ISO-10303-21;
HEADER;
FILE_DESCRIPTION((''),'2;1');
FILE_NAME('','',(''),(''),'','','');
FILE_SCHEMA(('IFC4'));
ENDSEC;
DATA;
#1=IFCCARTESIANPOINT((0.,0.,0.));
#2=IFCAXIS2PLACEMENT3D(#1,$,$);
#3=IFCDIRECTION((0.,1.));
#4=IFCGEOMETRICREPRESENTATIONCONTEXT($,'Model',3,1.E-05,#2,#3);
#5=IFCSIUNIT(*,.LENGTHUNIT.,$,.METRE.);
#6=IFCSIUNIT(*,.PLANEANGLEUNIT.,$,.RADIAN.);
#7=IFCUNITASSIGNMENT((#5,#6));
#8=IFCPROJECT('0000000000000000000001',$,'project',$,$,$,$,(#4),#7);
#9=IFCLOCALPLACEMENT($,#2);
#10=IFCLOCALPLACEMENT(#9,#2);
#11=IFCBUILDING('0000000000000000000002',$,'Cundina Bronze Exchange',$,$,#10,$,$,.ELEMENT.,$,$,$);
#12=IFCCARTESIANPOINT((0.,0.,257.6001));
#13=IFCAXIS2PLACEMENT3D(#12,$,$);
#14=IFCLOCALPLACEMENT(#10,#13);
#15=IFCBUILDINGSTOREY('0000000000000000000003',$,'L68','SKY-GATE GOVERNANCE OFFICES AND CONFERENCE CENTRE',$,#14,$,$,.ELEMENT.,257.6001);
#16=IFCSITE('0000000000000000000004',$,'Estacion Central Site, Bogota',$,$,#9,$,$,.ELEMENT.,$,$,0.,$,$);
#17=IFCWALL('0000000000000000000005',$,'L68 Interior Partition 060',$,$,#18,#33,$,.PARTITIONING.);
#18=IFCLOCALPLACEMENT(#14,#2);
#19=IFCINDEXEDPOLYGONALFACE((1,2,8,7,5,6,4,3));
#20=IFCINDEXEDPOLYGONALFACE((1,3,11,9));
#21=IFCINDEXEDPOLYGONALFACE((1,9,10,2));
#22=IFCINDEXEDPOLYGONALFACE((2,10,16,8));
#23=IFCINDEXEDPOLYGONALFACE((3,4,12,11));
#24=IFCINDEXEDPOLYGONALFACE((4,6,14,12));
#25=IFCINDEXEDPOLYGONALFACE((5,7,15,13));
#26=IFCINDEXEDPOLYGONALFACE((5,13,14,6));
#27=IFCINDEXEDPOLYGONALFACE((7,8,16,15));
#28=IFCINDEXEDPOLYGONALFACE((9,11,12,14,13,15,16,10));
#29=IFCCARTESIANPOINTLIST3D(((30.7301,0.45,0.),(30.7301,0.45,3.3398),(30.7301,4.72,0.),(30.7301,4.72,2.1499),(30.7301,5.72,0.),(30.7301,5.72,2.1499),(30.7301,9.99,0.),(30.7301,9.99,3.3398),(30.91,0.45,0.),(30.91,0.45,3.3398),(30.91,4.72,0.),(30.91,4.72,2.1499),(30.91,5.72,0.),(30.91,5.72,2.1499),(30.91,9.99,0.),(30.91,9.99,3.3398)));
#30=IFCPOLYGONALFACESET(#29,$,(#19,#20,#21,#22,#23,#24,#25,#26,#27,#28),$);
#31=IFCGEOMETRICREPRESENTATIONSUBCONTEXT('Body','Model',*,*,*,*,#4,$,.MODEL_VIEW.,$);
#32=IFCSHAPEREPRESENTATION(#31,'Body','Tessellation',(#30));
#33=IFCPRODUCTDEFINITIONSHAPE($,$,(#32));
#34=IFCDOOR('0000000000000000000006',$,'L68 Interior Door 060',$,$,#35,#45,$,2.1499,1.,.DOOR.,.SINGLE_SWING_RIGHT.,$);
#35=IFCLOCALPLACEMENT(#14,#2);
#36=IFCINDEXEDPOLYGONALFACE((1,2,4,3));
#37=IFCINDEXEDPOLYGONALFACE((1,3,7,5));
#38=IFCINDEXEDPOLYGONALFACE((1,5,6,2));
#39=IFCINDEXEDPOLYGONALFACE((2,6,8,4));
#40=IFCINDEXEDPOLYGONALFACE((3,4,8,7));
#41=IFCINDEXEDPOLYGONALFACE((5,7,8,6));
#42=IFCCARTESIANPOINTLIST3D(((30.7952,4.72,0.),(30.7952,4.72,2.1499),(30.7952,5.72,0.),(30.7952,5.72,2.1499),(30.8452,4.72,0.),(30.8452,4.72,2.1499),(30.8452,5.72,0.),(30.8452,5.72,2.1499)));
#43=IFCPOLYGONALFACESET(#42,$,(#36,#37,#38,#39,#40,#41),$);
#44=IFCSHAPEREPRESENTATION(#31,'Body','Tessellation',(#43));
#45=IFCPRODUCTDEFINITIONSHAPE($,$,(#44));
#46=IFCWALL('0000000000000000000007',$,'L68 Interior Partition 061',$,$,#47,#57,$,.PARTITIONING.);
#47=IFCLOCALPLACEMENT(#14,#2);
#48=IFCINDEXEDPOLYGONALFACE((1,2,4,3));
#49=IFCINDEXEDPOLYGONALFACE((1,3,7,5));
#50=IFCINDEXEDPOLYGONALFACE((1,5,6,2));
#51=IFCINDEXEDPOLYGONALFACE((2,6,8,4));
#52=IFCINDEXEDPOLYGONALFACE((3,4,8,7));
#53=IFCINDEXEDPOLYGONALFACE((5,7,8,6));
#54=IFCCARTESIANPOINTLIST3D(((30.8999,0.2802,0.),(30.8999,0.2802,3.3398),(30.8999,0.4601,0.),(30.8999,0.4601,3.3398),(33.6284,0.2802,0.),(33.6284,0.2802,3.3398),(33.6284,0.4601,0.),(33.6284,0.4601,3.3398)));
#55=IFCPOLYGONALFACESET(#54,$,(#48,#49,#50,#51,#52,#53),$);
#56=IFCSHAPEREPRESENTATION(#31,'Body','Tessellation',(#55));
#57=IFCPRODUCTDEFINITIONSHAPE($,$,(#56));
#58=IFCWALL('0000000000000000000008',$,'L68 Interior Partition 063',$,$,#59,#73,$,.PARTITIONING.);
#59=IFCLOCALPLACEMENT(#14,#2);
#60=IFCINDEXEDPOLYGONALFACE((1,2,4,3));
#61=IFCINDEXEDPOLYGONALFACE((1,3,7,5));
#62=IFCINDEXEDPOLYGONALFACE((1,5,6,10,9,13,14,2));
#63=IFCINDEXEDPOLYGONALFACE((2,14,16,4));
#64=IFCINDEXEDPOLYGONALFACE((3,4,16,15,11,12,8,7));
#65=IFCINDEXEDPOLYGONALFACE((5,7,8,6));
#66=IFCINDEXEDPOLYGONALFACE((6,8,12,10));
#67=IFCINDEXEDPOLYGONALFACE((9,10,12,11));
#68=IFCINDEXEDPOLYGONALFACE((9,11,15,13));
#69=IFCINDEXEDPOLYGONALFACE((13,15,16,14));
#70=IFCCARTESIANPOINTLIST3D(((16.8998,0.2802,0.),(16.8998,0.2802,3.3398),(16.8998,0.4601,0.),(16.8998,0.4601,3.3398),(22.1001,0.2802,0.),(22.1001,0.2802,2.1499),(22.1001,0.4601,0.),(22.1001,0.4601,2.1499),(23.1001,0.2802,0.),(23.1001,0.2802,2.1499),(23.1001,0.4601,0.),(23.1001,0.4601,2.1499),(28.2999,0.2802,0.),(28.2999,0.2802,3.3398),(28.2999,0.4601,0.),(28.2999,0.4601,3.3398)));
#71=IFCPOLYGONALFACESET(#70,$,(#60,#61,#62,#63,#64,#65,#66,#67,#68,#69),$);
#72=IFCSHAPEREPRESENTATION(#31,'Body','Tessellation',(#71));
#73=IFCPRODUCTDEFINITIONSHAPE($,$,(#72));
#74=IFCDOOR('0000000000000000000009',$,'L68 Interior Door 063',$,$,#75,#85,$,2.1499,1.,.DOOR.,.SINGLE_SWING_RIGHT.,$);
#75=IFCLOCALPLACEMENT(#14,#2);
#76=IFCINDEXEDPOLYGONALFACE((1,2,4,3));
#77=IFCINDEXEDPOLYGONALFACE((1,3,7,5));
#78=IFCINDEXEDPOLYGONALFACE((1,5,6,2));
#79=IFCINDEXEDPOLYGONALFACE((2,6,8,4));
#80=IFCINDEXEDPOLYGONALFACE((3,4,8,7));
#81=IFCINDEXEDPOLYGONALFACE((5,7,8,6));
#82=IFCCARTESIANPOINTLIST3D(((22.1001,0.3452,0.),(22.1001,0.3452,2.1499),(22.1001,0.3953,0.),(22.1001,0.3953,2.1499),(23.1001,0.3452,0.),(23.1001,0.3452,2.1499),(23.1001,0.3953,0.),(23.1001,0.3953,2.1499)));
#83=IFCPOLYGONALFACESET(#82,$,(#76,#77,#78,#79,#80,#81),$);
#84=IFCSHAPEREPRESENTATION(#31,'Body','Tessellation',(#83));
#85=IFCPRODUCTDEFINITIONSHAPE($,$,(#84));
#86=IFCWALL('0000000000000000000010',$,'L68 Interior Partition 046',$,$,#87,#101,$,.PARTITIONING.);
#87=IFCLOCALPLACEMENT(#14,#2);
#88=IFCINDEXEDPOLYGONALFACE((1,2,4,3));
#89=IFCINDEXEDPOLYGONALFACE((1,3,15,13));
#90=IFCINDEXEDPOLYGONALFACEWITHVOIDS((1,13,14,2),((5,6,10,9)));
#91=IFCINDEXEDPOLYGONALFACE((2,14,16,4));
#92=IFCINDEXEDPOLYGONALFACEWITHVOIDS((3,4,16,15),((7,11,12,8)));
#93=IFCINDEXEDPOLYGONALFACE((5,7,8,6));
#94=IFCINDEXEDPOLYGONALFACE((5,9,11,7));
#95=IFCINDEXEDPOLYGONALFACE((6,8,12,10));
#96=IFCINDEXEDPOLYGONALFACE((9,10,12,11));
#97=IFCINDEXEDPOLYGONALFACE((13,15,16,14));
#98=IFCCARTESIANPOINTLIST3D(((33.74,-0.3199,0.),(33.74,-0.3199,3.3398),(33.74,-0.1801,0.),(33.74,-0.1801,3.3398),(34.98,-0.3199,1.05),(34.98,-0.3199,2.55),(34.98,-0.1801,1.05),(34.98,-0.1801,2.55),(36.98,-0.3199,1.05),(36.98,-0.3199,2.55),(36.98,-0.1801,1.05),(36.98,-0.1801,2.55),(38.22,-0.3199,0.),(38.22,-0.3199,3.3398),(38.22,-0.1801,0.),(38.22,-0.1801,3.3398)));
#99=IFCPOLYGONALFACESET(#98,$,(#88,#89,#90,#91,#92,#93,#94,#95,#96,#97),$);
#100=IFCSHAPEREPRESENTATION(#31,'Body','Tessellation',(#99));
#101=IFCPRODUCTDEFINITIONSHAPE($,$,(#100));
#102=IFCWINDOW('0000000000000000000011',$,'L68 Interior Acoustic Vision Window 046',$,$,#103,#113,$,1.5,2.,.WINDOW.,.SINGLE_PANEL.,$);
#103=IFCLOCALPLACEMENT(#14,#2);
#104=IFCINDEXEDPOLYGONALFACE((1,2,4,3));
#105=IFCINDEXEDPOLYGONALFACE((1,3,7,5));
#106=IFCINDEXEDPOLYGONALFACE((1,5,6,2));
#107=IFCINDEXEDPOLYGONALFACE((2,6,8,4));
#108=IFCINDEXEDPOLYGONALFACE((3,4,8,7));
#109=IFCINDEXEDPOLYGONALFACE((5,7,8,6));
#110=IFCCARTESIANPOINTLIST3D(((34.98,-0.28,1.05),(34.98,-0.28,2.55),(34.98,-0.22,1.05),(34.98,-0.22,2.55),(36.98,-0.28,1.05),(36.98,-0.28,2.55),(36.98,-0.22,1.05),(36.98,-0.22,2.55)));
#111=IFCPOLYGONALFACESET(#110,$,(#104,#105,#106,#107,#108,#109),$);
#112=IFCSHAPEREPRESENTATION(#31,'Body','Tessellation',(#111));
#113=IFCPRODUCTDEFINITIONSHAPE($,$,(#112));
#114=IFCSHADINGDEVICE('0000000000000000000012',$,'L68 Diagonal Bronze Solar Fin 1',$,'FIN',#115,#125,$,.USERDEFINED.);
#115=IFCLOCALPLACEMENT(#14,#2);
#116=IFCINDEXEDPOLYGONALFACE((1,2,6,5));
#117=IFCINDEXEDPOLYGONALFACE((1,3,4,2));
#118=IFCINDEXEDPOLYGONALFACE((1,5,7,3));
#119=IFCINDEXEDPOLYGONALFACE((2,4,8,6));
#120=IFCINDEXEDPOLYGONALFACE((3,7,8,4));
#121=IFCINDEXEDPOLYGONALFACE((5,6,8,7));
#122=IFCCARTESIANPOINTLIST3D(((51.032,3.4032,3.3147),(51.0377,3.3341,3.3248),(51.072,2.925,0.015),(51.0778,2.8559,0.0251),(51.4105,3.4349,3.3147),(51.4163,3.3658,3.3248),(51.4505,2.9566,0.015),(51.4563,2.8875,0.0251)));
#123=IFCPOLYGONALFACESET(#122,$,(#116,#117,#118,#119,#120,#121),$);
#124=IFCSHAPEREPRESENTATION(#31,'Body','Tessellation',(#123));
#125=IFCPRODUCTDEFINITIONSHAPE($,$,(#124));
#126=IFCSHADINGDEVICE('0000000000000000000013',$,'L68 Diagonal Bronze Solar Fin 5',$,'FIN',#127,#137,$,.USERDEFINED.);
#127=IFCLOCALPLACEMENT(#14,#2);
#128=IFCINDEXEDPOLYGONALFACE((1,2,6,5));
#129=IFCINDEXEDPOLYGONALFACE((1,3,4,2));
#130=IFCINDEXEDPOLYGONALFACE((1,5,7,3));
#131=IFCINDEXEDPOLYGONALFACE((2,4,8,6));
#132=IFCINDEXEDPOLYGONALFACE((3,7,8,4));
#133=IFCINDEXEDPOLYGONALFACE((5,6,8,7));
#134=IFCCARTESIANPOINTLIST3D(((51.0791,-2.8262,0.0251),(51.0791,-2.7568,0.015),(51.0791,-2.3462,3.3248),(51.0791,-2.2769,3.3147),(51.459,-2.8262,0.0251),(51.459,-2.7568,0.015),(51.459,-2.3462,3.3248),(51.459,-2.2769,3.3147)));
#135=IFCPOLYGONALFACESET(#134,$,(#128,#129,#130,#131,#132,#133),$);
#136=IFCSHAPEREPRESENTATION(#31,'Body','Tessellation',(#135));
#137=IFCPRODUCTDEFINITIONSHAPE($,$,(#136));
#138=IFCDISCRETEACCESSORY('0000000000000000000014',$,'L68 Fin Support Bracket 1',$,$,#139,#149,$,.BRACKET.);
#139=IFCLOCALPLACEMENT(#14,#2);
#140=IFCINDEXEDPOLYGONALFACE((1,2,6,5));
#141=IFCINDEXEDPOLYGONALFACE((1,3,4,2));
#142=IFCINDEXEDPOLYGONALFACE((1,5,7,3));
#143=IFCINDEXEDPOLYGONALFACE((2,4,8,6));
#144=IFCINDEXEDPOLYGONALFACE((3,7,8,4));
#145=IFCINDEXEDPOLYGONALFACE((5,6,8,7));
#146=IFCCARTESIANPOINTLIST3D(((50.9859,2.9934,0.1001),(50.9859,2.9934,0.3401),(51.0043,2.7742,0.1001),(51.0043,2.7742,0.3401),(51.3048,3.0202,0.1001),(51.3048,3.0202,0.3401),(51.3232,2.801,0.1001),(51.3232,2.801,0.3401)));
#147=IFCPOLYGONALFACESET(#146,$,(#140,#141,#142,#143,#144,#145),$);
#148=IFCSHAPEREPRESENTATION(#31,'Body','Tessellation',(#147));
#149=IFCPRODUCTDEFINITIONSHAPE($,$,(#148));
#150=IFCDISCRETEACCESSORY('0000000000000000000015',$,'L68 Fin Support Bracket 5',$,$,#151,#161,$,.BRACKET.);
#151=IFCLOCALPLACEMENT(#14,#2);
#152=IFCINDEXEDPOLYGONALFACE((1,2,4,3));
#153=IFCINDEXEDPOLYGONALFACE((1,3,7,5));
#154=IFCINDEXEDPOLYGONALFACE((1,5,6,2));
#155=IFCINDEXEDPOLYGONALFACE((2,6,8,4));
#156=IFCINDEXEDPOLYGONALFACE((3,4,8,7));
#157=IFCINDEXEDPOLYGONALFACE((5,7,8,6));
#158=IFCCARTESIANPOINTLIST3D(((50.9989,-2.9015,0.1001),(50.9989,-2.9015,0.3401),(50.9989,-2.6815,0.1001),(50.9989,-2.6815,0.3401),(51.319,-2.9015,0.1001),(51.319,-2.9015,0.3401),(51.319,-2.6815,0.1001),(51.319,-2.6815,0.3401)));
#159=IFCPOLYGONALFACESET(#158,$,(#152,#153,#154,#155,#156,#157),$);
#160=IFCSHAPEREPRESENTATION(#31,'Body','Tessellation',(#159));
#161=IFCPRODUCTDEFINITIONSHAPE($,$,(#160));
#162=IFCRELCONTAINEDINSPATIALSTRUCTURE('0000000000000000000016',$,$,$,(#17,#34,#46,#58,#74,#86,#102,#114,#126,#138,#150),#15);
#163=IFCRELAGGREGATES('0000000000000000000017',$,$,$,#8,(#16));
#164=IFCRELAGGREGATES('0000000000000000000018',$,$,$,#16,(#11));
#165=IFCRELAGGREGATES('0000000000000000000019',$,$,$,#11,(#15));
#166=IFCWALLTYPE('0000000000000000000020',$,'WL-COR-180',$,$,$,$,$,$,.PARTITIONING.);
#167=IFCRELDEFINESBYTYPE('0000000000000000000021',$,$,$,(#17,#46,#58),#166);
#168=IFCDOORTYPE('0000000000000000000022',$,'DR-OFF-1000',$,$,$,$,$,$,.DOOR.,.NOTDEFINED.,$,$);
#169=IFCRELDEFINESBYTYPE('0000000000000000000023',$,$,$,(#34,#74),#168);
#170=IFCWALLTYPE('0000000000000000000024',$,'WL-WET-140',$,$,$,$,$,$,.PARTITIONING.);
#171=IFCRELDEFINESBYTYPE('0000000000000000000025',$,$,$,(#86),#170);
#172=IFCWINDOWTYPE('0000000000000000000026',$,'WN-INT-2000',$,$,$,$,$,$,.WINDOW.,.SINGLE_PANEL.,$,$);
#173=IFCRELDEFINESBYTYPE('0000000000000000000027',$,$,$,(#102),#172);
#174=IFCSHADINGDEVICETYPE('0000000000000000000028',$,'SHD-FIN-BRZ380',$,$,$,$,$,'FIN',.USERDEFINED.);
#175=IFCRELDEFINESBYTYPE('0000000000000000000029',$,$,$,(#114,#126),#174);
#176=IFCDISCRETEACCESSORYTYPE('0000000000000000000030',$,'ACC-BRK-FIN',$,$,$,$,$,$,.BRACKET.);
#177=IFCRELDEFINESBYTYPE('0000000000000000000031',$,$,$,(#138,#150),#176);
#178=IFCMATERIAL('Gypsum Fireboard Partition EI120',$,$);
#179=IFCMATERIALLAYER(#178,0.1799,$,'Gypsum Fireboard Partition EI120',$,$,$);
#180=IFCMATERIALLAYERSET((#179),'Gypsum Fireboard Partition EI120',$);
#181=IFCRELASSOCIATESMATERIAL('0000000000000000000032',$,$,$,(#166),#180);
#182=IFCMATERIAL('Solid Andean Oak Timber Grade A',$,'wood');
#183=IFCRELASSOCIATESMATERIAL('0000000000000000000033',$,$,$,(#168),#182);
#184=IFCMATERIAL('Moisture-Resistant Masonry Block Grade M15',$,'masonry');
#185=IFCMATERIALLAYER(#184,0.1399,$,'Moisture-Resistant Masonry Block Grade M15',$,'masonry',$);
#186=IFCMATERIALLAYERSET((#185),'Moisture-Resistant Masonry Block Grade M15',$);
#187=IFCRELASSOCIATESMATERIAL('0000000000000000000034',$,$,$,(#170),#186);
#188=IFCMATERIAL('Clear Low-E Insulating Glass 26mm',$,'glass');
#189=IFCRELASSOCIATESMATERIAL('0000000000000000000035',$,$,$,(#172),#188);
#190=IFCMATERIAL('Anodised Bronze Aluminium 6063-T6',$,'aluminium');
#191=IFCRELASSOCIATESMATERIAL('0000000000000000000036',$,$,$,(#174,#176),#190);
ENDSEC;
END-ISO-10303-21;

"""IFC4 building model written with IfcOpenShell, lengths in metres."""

from ifc_helpers import new_model, si_unit, direction, frame, frame_2d, origin, origin_2d, place, context, subcontext, project, spatial, rectangle, extrude, material, layer, layer_set, material_profile, profile_set, type_object, element, fill, save


model = new_model("IFC4")

# Units and contexts
model_context = context("Model", 3, precision=1e-05, world=origin(), true_north=direction((0.0, 1.0)))
body_context = subcontext(model_context, "Body", "Model", "MODEL_VIEW")
ifc_project = project(units=[si_unit("LENGTHUNIT", "METRE"), si_unit("PLANEANGLEUNIT", "RADIAN")], contexts=[model_context])

# Site, building, storey
site_placement = place(None, origin())
site = spatial("IfcSite", under=ifc_project, at=site_placement, Name="Estacion Central Site, Bogota", CompositionType="ELEMENT", RefElevation=0.0)
building_placement = place(site_placement, origin())
building = spatial("IfcBuilding", under=site, at=building_placement, Name="Cundina Bronze Exchange", CompositionType="ELEMENT")
storey_placement = place(building_placement, frame((0.0, 0.0, 257.6001)))
storey = spatial("IfcBuildingStorey", under=building, at=storey_placement, Name="L68", Description="SKY-GATE GOVERNANCE OFFICES AND CONFERENCE CENTRE", CompositionType="ELEMENT", Elevation=257.6001)

# Shared definitions
ifc_material_1 = material(Name="Anodised Bronze Aluminium 6063-T6", Category="aluminium")

# Wall, opening, door
ifc_material_2 = material(Name="Gypsum Fireboard Partition EI120")
ifc_layer_1 = layer(ifc_material_2, 0.1799, Name="Gypsum Fireboard Partition EI120")
ifc_layer_set_1 = layer_set([ifc_layer_1], Name="Gypsum Fireboard Partition EI120")
wall_type_1 = type_object("IfcWallType", Name="WL-COR-180", PredefinedType="PARTITIONING", material=ifc_layer_set_1)
wall_1_placement = place(storey_placement, frame((30.8201, 0.45, 0.0), z_axis=(0.0, 0.0, 1.0), x_axis=(0.0, 1.0, 0.0)))
wall_1 = element("IfcWall", 1, at=wall_1_placement, inside=storey, type_object=wall_type_1, Name="L68 Interior Partition 060", PredefinedType="PARTITIONING", context=body_context, shape_type="SweptSolid", body=[
    extrude(rectangle(XDim=9.54, YDim=0.1799, at=frame_2d((4.77, 0.0))), origin(), (0.0, 0.0, 1.0), 3.3398),
])
opening_1_placement = place(wall_1_placement, frame((4.27, 0.0, 0.0)))
opening_1 = element("IfcOpeningElement", 2, at=opening_1_placement, cuts=wall_1, PredefinedType="OPENING", context=body_context, shape_type="SweptSolid", body=[
    extrude(rectangle(XDim=1.0, YDim=2.1499, at=frame_2d((0.5, 1.075))), frame((0.0, 0.0999, 0.0), z_axis=(0.0, -1.0, 0.0), x_axis=(1.0, 0.0, 0.0)), (0.0, 0.0, 1.0), 0.2),
])
ifc_material_3 = material(Name="Solid Andean Oak Timber Grade A", Category="wood")
door_type_1 = type_object("IfcDoorType", Name="DR-OFF-1000", OperationType="NOTDEFINED", PredefinedType="DOOR", material=ifc_material_3)
door_1_placement = place(opening_1_placement, origin())
door_1 = element("IfcDoor", 3, at=door_1_placement, inside=storey, type_object=door_type_1, Name="L68 Interior Door 060", OperationType="SINGLE_SWING_RIGHT", OverallHeight=2.1499, OverallWidth=1.0, PredefinedType="DOOR", context=body_context, shape_type="SweptSolid", body=[
    extrude(rectangle(XDim=1.0, YDim=2.1499, at=frame_2d((0.5, 1.075))), frame((0.0, 0.0249, 0.0), z_axis=(0.0, -1.0, 0.0), x_axis=(1.0, 0.0, 0.0)), (0.0, 0.0, 1.0), 0.05),
])
fill(opening_1, door_1)

# Wall
wall_2_placement = place(storey_placement, frame((33.6284, 0.3701, 0.0), z_axis=(0.0, 0.0, 1.0), x_axis=(-1.0, 0.0, 0.0)))
element("IfcWall", 4, at=wall_2_placement, inside=storey, type_object=wall_type_1, Name="L68 Interior Partition 061", PredefinedType="PARTITIONING", context=body_context, shape_type="SweptSolid", body=[
    extrude(rectangle(XDim=2.7285, YDim=0.1799, at=frame_2d((1.3643, 0.0))), origin(), (0.0, 0.0, 1.0), 3.3398),
])

# Wall, opening, door
wall_3_placement = place(storey_placement, frame((28.3, 0.3701, 0.0), z_axis=(0.0, 0.0, 1.0), x_axis=(-1.0, 0.0, 0.0)))
wall_3 = element("IfcWall", 5, at=wall_3_placement, inside=storey, type_object=wall_type_1, Name="L68 Interior Partition 063", PredefinedType="PARTITIONING", context=body_context, shape_type="SweptSolid", body=[
    extrude(rectangle(XDim=11.4001, YDim=0.1799, at=frame_2d((5.7002, 0.0))), origin(), (0.0, 0.0, 1.0), 3.3398),
])
opening_2_placement = place(wall_3_placement, frame((5.2, 0.0, 0.0)))
opening_2 = element("IfcOpeningElement", 6, at=opening_2_placement, cuts=wall_3, PredefinedType="OPENING", context=body_context, shape_type="SweptSolid", body=[
    extrude(rectangle(XDim=1.0, YDim=2.1499, at=frame_2d((0.5, 1.075))), frame((0.0, 0.0999, 0.0), z_axis=(0.0, -1.0, 0.0), x_axis=(1.0, 0.0, 0.0)), (0.0, 0.0, 1.0), 0.2),
])
door_2_placement = place(opening_2_placement, origin())
door_2 = element("IfcDoor", 7, at=door_2_placement, inside=storey, type_object=door_type_1, Name="L68 Interior Door 063", OperationType="SINGLE_SWING_RIGHT", OverallHeight=2.1499, OverallWidth=1.0, PredefinedType="DOOR", context=body_context, shape_type="SweptSolid", body=[
    extrude(rectangle(XDim=1.0, YDim=2.1499, at=frame_2d((0.5, 1.075))), frame((0.0, 0.0249, 0.0), z_axis=(0.0, -1.0, 0.0), x_axis=(1.0, 0.0, 0.0)), (0.0, 0.0, 1.0), 0.05),
])
fill(opening_2, door_2)

# Wall, opening, window
ifc_material_4 = material(Name="Moisture-Resistant Masonry Block Grade M15", Category="masonry")
ifc_layer_2 = layer(ifc_material_4, 0.1399, Name="Moisture-Resistant Masonry Block Grade M15", Category="masonry")
ifc_layer_set_2 = layer_set([ifc_layer_2], Name="Moisture-Resistant Masonry Block Grade M15")
wall_type_2 = type_object("IfcWallType", Name="WL-WET-140", PredefinedType="PARTITIONING", material=ifc_layer_set_2)
wall_4_placement = place(storey_placement, frame((33.74, -0.25, 0.0), z_axis=(0.0, 0.0, 1.0), x_axis=(1.0, 0.0, 0.0)))
wall_4 = element("IfcWall", 8, at=wall_4_placement, inside=storey, type_object=wall_type_2, Name="L68 Interior Partition 046", PredefinedType="PARTITIONING", context=body_context, shape_type="SweptSolid", body=[
    extrude(rectangle(XDim=4.48, YDim=0.1399, at=frame_2d((2.24, 0.0))), origin(), (0.0, 0.0, 1.0), 3.3398),
])
opening_3_placement = place(wall_4_placement, frame((1.24, 0.0, 1.05)))
opening_3 = element("IfcOpeningElement", 9, at=opening_3_placement, cuts=wall_4, PredefinedType="OPENING", context=body_context, shape_type="SweptSolid", body=[
    extrude(rectangle(XDim=2.0, YDim=1.5, at=frame_2d((1.0, 0.75))), frame((0.0, 0.0798, 0.0), z_axis=(0.0, -1.0, 0.0), x_axis=(1.0, 0.0, 0.0)), (0.0, 0.0, 1.0), 0.1599),
])
ifc_material_5 = material(Name="Clear Low-E Insulating Glass 26mm", Category="glass")
window_type = type_object("IfcWindowType", Name="WN-INT-2000", PartitioningType="SINGLE_PANEL", PredefinedType="WINDOW", material=ifc_material_5)
window_placement = place(opening_3_placement, origin())
window = element("IfcWindow", 10, at=window_placement, inside=storey, type_object=window_type, Name="L68 Interior Acoustic Vision Window 046", OverallHeight=1.5, OverallWidth=2.0, PartitioningType="SINGLE_PANEL", PredefinedType="WINDOW", context=body_context, shape_type="SweptSolid", body=[
    extrude(rectangle(XDim=2.0, YDim=1.5, at=frame_2d((1.0, 0.75))), frame((0.0, 0.03, 0.0), z_axis=(0.0, -1.0, 0.0), x_axis=(1.0, 0.0, 0.0)), (0.0, 0.0, 1.0), 0.0601),
])
fill(opening_3, window)

# Shading devices
ifc_material_profile_1 = material_profile(ifc_material_1, rectangle(XDim=0.0701, YDim=0.3799, at=origin_2d()), Name="FIN70X380", Category="aluminium")
ifc_profile_set_1 = profile_set([ifc_material_profile_1], Name="Anodised Bronze Aluminium 6063-T6")
shading_device_type = type_object("IfcShadingDeviceType", Name="SHD-FIN-BRZ380", ElementType="FIN", PredefinedType="USERDEFINED", material=ifc_profile_set_1)
for number, where, z_axis, x_axis, name in (
    (11, (51.2642, 2.9062, 0.02), (-0.012007, 0.14343, 0.989588), (0.082556, -0.986138, 0.143932), "L68 Diagonal Bronze Solar Fin 1"),
    (12, (51.269, -2.7915, 0.02), (0.0, 0.143942, 0.989586), (0.0, -0.989586, 0.143942), "L68 Diagonal Bronze Solar Fin 5"),
):
    element("IfcShadingDevice", number, at=place(storey_placement, frame(where, z_axis=z_axis, x_axis=x_axis)), inside=storey, type_object=shading_device_type, Name=name, ObjectType="FIN", PredefinedType="USERDEFINED", context=body_context, shape_type="SweptSolid", body=[
        extrude(rectangle(XDim=0.0701, YDim=0.3799, at=origin_2d()), origin(), (0.0, 0.0, 1.0), 3.3345),
    ])

# Discrete accessories
discrete_accessory_type = type_object("IfcDiscreteAccessoryType", Name="ACC-BRK-FIN", PredefinedType="BRACKET", material=ifc_material_1)
for number, where, z_axis, x_axis, name in (
    (13, (51.1545, 2.8972, 0.1001), (0.0, 0.0, 1.0), (-0.083747, 0.996487, 0.0), "L68 Fin Support Bracket 1"),
    (14, (51.1589, -2.7915, 0.1001), (0.0, 0.0, 1.0), (0.0, 1.0, 0.0), "L68 Fin Support Bracket 5"),
):
    element("IfcDiscreteAccessory", number, at=place(storey_placement, frame(where, z_axis=z_axis, x_axis=x_axis)), inside=storey, type_object=discrete_accessory_type, Name=name, PredefinedType="BRACKET", context=body_context, shape_type="SweptSolid", body=[
        extrude(rectangle(XDim=0.22, YDim=0.3201, at=origin_2d()), origin(), (0.0, 0.0, 1.0), 0.24),
    ])

save(model, "model.ifc")
